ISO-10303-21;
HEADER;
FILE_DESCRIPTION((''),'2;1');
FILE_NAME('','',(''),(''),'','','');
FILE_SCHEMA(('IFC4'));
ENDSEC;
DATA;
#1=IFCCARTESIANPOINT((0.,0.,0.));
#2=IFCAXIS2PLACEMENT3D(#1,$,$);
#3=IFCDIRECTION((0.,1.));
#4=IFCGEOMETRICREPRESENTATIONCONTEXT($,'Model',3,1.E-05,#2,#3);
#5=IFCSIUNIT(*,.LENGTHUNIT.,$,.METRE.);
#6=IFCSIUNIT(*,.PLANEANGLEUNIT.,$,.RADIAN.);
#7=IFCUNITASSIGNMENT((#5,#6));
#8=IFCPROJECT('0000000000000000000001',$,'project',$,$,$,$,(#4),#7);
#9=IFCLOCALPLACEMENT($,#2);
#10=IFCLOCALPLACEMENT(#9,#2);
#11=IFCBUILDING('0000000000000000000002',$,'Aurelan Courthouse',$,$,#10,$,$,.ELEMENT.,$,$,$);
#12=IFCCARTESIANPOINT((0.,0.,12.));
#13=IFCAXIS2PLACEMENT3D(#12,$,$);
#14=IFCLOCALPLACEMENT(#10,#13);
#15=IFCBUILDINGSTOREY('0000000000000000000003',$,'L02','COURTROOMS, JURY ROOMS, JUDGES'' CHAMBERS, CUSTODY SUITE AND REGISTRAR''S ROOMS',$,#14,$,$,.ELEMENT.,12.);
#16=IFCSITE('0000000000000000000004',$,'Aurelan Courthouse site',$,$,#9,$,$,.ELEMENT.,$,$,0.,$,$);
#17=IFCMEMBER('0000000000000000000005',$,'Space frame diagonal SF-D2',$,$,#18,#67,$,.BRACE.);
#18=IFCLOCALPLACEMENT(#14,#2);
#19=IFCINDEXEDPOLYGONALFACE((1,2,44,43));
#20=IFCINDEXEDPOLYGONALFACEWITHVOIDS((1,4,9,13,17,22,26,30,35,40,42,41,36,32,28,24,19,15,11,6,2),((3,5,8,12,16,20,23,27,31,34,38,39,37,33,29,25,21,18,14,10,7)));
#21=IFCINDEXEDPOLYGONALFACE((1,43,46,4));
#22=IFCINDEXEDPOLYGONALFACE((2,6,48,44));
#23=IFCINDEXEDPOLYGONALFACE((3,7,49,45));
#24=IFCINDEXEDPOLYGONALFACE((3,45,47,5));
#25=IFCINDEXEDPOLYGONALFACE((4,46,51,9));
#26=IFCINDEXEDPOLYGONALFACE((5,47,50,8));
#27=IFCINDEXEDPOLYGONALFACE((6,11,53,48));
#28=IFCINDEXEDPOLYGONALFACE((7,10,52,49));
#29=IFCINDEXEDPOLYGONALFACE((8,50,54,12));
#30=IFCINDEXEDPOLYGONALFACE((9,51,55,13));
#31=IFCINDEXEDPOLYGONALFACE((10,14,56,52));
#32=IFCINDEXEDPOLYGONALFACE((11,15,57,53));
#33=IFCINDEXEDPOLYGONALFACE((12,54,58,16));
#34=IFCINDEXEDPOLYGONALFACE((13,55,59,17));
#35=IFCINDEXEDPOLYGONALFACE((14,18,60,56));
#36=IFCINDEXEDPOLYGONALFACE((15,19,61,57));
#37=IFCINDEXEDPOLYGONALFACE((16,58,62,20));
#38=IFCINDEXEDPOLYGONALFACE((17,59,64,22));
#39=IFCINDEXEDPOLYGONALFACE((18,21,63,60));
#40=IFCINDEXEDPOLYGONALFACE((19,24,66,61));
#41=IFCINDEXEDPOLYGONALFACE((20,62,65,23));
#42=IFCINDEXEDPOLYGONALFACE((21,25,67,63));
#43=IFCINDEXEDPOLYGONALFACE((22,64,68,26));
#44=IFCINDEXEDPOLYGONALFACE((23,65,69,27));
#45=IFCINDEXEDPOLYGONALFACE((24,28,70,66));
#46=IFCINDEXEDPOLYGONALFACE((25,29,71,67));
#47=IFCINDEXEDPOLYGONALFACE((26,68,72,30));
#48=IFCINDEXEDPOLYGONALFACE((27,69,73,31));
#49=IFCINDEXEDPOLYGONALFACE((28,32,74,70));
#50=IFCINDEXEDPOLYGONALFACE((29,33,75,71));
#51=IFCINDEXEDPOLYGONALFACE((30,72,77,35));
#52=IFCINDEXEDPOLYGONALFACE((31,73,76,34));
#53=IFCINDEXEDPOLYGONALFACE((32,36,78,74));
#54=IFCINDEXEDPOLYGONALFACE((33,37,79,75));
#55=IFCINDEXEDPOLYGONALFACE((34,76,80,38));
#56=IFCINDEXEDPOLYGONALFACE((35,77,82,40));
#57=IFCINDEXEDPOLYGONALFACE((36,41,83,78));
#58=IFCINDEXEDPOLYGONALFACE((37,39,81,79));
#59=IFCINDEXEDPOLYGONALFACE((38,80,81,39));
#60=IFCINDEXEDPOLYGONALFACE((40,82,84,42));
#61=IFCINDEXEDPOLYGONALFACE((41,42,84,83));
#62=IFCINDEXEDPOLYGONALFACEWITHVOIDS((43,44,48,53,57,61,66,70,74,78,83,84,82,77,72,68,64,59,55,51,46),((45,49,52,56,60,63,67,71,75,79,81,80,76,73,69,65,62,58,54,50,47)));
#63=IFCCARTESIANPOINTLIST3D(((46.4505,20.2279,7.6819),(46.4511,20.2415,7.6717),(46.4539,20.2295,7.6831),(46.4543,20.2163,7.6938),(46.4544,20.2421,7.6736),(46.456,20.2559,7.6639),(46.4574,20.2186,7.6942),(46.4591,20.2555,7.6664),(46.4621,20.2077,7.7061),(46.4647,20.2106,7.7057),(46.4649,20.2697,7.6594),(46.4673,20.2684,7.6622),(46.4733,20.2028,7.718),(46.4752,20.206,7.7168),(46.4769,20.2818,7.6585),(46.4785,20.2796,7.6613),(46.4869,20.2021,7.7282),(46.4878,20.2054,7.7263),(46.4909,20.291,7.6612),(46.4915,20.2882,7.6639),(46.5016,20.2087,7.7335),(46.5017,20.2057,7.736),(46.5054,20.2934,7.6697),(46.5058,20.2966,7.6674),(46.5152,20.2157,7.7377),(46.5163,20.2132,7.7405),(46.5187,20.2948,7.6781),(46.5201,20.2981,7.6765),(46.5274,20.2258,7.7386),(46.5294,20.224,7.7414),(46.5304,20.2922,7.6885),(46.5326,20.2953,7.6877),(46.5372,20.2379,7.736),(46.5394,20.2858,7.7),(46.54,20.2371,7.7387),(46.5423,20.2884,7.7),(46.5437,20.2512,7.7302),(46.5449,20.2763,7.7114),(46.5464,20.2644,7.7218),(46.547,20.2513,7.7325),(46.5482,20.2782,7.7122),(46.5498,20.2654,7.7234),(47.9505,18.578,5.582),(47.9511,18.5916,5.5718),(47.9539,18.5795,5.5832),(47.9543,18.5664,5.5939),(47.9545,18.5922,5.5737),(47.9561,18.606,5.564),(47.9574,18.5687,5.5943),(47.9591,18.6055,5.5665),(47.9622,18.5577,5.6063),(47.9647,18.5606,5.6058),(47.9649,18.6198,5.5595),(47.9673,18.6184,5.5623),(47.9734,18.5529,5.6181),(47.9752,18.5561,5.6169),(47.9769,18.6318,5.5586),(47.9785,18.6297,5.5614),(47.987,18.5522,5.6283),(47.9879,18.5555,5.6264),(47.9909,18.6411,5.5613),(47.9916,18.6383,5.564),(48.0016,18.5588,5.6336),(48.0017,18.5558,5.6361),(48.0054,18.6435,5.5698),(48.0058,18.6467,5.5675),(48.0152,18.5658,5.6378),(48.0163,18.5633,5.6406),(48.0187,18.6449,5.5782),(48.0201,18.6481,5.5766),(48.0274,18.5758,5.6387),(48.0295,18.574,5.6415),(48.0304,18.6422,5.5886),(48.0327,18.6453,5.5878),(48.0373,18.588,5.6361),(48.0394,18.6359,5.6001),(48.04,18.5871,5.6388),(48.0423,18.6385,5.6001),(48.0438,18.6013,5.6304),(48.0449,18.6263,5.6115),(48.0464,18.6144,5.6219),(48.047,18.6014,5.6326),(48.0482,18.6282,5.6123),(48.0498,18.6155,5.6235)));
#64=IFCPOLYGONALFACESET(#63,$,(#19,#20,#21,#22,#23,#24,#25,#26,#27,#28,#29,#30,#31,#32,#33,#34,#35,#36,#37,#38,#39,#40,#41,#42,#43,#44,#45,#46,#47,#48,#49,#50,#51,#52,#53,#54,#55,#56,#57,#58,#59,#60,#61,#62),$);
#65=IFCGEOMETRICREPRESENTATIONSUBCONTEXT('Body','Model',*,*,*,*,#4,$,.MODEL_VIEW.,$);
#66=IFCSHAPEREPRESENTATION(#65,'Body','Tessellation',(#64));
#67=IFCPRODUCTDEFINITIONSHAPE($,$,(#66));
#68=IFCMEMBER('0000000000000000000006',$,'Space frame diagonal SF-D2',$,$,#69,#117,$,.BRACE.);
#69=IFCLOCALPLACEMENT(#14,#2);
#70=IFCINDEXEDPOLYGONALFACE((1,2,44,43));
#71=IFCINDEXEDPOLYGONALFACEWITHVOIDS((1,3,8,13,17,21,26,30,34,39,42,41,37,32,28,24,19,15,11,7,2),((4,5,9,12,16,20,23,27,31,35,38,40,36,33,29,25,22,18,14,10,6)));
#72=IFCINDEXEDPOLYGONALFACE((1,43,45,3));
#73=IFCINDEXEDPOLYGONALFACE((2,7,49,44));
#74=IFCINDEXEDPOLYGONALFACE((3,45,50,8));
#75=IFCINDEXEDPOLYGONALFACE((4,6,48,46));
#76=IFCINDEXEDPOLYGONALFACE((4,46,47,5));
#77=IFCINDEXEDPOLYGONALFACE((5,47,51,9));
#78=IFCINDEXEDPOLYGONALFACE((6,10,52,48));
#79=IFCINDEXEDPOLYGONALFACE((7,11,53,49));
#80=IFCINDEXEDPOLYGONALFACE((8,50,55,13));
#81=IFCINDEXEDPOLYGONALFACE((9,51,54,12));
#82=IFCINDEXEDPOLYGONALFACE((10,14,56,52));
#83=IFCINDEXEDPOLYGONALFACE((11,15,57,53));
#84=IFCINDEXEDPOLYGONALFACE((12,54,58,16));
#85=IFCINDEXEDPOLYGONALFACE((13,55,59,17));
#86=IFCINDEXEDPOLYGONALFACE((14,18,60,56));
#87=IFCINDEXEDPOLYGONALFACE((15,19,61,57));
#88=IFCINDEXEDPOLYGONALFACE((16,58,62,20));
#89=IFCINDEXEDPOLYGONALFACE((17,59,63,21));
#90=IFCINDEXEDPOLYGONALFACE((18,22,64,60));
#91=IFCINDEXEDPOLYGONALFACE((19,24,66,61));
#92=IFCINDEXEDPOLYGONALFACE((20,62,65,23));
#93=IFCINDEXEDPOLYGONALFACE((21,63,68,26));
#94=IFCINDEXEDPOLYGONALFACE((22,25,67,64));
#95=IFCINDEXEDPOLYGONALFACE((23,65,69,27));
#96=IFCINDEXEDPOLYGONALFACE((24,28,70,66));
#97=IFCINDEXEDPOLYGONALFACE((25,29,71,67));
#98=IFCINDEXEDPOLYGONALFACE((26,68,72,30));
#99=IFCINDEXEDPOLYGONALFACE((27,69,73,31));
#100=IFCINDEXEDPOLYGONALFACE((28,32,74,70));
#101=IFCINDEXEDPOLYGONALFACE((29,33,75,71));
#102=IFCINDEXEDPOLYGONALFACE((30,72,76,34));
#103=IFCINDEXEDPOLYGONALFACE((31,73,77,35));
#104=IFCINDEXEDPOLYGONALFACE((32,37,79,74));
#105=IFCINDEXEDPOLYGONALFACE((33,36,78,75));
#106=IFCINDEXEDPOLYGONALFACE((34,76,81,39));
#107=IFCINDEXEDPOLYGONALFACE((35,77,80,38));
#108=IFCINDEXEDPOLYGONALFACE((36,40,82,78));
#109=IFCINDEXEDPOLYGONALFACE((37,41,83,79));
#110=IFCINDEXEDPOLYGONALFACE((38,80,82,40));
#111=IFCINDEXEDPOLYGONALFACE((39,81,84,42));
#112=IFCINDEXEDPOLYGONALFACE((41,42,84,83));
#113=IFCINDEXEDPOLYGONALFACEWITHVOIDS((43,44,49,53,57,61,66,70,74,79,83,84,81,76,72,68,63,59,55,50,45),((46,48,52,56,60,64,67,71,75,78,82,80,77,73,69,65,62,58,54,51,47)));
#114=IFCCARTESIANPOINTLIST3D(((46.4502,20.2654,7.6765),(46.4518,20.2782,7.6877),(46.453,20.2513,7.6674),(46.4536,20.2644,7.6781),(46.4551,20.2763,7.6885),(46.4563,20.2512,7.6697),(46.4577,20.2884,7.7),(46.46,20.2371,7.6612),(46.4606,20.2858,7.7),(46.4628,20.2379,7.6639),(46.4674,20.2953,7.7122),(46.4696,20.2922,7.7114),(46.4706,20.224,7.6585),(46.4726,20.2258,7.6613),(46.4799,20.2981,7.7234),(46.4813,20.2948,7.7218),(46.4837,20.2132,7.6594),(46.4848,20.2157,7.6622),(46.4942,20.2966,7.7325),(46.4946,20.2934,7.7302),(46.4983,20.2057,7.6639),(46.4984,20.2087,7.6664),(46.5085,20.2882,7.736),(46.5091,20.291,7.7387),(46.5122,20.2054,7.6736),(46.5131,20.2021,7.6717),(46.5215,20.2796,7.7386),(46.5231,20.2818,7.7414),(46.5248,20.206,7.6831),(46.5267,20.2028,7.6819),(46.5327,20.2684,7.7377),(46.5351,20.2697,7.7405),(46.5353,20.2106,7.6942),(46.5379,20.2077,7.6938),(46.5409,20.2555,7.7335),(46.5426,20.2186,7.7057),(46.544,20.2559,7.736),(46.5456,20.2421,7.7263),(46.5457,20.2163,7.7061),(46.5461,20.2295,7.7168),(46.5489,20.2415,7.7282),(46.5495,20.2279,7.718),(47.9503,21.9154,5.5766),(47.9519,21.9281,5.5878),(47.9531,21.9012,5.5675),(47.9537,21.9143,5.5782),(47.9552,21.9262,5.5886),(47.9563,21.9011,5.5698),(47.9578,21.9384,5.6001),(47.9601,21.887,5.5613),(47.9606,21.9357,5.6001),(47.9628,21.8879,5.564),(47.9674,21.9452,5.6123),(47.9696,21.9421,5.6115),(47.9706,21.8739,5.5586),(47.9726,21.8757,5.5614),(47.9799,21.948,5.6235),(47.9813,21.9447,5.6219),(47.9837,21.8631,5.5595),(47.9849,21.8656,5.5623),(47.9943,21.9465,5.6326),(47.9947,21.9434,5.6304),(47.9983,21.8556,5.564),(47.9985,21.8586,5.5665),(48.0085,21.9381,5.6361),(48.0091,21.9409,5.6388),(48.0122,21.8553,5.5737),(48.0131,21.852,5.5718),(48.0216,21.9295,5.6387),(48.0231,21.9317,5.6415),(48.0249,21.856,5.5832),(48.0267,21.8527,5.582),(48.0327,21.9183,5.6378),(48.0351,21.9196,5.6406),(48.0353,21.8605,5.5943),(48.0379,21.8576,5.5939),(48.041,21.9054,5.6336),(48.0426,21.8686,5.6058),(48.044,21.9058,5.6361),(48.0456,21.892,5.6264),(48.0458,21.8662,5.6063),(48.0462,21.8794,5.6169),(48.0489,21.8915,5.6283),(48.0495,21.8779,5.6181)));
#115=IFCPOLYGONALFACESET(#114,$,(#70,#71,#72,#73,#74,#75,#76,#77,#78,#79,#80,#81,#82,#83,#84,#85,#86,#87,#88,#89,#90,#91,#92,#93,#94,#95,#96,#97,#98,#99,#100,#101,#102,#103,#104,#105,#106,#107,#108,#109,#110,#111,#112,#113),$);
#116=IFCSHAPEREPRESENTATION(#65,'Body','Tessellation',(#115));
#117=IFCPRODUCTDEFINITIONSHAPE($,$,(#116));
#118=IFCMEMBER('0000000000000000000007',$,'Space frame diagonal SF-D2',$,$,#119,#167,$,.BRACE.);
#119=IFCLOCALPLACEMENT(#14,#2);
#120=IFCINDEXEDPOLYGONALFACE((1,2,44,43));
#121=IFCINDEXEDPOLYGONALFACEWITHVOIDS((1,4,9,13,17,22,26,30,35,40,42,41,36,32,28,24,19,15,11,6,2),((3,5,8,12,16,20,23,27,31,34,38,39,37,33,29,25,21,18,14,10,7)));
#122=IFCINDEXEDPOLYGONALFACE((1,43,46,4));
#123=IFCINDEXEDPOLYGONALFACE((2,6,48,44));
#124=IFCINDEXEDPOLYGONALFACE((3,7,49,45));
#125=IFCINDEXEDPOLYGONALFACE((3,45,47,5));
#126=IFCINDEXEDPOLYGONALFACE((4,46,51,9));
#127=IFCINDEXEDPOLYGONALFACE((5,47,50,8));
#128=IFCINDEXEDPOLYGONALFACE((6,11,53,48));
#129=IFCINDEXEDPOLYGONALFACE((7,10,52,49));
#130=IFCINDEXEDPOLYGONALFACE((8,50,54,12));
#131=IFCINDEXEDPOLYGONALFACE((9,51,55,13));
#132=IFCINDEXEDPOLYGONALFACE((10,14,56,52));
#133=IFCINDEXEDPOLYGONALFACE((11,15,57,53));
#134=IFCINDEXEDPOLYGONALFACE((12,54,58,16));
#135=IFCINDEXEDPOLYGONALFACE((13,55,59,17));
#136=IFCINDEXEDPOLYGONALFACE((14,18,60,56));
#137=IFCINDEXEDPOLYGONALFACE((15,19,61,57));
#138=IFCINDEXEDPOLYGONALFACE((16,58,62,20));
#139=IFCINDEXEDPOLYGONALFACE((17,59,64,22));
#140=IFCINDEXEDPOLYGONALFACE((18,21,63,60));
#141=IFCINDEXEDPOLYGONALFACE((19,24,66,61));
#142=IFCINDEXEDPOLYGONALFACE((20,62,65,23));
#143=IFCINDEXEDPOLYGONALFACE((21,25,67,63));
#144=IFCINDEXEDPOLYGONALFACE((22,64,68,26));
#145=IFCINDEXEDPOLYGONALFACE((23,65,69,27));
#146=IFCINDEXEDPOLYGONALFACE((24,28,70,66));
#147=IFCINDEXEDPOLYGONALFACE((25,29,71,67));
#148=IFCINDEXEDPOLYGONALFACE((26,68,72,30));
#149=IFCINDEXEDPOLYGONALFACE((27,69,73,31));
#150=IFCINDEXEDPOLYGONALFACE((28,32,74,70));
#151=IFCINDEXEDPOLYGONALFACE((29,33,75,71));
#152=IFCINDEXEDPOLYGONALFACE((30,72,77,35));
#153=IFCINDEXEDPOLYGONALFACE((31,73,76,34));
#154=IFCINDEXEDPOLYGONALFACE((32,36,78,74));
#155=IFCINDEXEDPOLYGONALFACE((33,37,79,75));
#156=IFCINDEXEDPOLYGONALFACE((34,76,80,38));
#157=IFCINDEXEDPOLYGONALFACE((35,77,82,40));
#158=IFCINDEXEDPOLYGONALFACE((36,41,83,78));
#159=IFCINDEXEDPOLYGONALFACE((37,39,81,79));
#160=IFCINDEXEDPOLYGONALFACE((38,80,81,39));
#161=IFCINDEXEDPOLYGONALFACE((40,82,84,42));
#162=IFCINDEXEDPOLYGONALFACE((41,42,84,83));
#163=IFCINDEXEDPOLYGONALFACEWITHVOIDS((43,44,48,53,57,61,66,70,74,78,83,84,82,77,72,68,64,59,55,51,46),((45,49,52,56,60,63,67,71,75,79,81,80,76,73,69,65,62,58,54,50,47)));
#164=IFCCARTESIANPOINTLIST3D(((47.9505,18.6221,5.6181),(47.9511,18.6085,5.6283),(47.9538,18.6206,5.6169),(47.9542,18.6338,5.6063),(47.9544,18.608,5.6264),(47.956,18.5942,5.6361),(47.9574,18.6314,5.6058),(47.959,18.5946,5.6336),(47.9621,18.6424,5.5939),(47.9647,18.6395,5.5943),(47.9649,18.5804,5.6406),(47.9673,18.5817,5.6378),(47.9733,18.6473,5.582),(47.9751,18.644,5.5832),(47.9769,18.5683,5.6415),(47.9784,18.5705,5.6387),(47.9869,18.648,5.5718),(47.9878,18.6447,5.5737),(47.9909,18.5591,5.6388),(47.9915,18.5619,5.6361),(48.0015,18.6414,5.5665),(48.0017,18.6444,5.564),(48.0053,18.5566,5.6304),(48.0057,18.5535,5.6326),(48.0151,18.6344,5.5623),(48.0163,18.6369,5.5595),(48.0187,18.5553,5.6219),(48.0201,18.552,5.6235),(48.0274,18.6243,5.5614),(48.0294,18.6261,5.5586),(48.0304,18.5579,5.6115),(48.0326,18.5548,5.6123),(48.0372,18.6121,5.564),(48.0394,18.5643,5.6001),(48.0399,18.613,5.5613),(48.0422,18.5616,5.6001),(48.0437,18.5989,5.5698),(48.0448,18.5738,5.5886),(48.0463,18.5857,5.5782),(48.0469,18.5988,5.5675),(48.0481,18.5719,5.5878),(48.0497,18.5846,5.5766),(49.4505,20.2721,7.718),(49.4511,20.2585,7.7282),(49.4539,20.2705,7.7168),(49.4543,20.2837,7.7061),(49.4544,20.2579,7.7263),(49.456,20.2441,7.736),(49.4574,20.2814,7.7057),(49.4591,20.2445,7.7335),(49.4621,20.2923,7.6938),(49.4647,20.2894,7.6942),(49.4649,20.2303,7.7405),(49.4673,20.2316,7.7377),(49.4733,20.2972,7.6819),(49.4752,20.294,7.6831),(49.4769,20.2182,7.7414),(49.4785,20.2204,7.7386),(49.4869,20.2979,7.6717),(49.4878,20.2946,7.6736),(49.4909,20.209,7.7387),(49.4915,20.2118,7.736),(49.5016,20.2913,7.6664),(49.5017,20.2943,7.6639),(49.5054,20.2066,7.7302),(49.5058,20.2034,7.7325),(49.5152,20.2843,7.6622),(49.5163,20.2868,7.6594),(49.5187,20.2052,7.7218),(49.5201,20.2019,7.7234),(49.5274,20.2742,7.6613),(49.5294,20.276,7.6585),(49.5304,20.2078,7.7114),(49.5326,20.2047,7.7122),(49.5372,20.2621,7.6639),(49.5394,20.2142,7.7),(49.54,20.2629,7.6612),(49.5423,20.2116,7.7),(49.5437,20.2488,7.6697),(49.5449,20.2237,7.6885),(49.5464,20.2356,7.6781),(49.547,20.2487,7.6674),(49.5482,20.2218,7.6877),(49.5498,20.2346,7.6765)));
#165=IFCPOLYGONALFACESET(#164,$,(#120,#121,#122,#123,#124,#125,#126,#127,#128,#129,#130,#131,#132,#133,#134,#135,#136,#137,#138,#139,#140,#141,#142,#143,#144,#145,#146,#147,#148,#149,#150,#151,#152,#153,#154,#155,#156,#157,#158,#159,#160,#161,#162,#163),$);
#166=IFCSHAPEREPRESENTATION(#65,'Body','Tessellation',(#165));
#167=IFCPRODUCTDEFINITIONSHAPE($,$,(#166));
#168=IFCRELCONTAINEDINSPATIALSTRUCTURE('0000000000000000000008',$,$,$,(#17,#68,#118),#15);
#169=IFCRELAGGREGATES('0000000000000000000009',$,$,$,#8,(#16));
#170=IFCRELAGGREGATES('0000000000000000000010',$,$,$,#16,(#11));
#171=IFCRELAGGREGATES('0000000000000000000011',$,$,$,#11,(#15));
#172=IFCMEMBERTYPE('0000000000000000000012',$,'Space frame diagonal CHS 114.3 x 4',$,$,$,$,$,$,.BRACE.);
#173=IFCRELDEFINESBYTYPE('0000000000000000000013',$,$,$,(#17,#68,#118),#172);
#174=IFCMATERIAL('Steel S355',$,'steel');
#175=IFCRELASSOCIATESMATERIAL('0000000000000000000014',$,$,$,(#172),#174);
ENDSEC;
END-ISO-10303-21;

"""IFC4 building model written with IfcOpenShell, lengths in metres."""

from ifc_helpers import new_model, si_unit, direction, frame, origin, origin_2d, place, context, subcontext, project, spatial, hollow_circle, extrude, material, material_profile, profile_set, type_object, element, save


model = new_model("IFC4")

# Units and contexts
model_context = context("Model", 3, precision=1e-05, world=origin(), true_north=direction((0.0, 1.0)))
body_context = subcontext(model_context, "Body", "Model", "MODEL_VIEW")
ifc_project = project(units=[si_unit("LENGTHUNIT", "METRE"), si_unit("PLANEANGLEUNIT", "RADIAN")], contexts=[model_context])

# Site, building, storey
site_placement = place(None, origin())
site = spatial("IfcSite", under=ifc_project, at=site_placement, Name="Aurelan Courthouse site", CompositionType="ELEMENT", RefElevation=0.0)
building_placement = place(site_placement, origin())
building = spatial("IfcBuilding", under=site, at=building_placement, Name="Aurelan Courthouse", CompositionType="ELEMENT")
storey_placement = place(building_placement, frame((0.0, 0.0, 12.0)))
storey = spatial("IfcBuildingStorey", under=building, at=storey_placement, Name="L02", Description="COURTROOMS, JURY ROOMS, JUDGES' CHAMBERS, CUSTODY SUITE AND REGISTRAR'S ROOMS", CompositionType="ELEMENT", Elevation=12.0)

# Members
ifc_material_1 = material(Name="Steel S355", Category="steel")
ifc_material_profile_1 = material_profile(ifc_material_1, hollow_circle(Radius=0.0571, WallThickness=0.0039, at=origin_2d()), Name="CHS 114.3 x 4")
ifc_profile_set_1 = profile_set([ifc_material_profile_1], Name="Steel S355")
member_type_1 = type_object("IfcMemberType", Name="Space frame diagonal CHS 114.3 x 4", PredefinedType="BRACE", material=ifc_profile_set_1)
for number, where, z_axis, x_axis, name in (
    (1, (46.5, 20.25, 7.7), (0.489727, -0.538667, -0.685569), (0.73992, 0.672695, 0.0), "Space frame diagonal SF-D2"),
    (2, (46.5, 20.25, 7.7), (0.489727, 0.538667, -0.685569), (-0.73992, 0.672695, 0.0), "Space frame diagonal SF-D2"),
    (3, (49.5, 20.25, 7.7), (-0.489727, -0.538667, -0.685569), (0.73992, -0.672695, 0.0), "Space frame diagonal SF-D2"),
):
    element("IfcMember", number, at=place(storey_placement, frame(where, z_axis=z_axis, x_axis=x_axis)), inside=storey, type_object=member_type_1, Name=name, PredefinedType="BRACE", context=body_context, shape_type="SweptSolid", body=[
        extrude(hollow_circle(Radius=0.0571, WallThickness=0.0039, at=origin_2d()), origin(), (0.0, 0.0, 1.0), 3.063),
    ])

save(model, "model.ifc")
